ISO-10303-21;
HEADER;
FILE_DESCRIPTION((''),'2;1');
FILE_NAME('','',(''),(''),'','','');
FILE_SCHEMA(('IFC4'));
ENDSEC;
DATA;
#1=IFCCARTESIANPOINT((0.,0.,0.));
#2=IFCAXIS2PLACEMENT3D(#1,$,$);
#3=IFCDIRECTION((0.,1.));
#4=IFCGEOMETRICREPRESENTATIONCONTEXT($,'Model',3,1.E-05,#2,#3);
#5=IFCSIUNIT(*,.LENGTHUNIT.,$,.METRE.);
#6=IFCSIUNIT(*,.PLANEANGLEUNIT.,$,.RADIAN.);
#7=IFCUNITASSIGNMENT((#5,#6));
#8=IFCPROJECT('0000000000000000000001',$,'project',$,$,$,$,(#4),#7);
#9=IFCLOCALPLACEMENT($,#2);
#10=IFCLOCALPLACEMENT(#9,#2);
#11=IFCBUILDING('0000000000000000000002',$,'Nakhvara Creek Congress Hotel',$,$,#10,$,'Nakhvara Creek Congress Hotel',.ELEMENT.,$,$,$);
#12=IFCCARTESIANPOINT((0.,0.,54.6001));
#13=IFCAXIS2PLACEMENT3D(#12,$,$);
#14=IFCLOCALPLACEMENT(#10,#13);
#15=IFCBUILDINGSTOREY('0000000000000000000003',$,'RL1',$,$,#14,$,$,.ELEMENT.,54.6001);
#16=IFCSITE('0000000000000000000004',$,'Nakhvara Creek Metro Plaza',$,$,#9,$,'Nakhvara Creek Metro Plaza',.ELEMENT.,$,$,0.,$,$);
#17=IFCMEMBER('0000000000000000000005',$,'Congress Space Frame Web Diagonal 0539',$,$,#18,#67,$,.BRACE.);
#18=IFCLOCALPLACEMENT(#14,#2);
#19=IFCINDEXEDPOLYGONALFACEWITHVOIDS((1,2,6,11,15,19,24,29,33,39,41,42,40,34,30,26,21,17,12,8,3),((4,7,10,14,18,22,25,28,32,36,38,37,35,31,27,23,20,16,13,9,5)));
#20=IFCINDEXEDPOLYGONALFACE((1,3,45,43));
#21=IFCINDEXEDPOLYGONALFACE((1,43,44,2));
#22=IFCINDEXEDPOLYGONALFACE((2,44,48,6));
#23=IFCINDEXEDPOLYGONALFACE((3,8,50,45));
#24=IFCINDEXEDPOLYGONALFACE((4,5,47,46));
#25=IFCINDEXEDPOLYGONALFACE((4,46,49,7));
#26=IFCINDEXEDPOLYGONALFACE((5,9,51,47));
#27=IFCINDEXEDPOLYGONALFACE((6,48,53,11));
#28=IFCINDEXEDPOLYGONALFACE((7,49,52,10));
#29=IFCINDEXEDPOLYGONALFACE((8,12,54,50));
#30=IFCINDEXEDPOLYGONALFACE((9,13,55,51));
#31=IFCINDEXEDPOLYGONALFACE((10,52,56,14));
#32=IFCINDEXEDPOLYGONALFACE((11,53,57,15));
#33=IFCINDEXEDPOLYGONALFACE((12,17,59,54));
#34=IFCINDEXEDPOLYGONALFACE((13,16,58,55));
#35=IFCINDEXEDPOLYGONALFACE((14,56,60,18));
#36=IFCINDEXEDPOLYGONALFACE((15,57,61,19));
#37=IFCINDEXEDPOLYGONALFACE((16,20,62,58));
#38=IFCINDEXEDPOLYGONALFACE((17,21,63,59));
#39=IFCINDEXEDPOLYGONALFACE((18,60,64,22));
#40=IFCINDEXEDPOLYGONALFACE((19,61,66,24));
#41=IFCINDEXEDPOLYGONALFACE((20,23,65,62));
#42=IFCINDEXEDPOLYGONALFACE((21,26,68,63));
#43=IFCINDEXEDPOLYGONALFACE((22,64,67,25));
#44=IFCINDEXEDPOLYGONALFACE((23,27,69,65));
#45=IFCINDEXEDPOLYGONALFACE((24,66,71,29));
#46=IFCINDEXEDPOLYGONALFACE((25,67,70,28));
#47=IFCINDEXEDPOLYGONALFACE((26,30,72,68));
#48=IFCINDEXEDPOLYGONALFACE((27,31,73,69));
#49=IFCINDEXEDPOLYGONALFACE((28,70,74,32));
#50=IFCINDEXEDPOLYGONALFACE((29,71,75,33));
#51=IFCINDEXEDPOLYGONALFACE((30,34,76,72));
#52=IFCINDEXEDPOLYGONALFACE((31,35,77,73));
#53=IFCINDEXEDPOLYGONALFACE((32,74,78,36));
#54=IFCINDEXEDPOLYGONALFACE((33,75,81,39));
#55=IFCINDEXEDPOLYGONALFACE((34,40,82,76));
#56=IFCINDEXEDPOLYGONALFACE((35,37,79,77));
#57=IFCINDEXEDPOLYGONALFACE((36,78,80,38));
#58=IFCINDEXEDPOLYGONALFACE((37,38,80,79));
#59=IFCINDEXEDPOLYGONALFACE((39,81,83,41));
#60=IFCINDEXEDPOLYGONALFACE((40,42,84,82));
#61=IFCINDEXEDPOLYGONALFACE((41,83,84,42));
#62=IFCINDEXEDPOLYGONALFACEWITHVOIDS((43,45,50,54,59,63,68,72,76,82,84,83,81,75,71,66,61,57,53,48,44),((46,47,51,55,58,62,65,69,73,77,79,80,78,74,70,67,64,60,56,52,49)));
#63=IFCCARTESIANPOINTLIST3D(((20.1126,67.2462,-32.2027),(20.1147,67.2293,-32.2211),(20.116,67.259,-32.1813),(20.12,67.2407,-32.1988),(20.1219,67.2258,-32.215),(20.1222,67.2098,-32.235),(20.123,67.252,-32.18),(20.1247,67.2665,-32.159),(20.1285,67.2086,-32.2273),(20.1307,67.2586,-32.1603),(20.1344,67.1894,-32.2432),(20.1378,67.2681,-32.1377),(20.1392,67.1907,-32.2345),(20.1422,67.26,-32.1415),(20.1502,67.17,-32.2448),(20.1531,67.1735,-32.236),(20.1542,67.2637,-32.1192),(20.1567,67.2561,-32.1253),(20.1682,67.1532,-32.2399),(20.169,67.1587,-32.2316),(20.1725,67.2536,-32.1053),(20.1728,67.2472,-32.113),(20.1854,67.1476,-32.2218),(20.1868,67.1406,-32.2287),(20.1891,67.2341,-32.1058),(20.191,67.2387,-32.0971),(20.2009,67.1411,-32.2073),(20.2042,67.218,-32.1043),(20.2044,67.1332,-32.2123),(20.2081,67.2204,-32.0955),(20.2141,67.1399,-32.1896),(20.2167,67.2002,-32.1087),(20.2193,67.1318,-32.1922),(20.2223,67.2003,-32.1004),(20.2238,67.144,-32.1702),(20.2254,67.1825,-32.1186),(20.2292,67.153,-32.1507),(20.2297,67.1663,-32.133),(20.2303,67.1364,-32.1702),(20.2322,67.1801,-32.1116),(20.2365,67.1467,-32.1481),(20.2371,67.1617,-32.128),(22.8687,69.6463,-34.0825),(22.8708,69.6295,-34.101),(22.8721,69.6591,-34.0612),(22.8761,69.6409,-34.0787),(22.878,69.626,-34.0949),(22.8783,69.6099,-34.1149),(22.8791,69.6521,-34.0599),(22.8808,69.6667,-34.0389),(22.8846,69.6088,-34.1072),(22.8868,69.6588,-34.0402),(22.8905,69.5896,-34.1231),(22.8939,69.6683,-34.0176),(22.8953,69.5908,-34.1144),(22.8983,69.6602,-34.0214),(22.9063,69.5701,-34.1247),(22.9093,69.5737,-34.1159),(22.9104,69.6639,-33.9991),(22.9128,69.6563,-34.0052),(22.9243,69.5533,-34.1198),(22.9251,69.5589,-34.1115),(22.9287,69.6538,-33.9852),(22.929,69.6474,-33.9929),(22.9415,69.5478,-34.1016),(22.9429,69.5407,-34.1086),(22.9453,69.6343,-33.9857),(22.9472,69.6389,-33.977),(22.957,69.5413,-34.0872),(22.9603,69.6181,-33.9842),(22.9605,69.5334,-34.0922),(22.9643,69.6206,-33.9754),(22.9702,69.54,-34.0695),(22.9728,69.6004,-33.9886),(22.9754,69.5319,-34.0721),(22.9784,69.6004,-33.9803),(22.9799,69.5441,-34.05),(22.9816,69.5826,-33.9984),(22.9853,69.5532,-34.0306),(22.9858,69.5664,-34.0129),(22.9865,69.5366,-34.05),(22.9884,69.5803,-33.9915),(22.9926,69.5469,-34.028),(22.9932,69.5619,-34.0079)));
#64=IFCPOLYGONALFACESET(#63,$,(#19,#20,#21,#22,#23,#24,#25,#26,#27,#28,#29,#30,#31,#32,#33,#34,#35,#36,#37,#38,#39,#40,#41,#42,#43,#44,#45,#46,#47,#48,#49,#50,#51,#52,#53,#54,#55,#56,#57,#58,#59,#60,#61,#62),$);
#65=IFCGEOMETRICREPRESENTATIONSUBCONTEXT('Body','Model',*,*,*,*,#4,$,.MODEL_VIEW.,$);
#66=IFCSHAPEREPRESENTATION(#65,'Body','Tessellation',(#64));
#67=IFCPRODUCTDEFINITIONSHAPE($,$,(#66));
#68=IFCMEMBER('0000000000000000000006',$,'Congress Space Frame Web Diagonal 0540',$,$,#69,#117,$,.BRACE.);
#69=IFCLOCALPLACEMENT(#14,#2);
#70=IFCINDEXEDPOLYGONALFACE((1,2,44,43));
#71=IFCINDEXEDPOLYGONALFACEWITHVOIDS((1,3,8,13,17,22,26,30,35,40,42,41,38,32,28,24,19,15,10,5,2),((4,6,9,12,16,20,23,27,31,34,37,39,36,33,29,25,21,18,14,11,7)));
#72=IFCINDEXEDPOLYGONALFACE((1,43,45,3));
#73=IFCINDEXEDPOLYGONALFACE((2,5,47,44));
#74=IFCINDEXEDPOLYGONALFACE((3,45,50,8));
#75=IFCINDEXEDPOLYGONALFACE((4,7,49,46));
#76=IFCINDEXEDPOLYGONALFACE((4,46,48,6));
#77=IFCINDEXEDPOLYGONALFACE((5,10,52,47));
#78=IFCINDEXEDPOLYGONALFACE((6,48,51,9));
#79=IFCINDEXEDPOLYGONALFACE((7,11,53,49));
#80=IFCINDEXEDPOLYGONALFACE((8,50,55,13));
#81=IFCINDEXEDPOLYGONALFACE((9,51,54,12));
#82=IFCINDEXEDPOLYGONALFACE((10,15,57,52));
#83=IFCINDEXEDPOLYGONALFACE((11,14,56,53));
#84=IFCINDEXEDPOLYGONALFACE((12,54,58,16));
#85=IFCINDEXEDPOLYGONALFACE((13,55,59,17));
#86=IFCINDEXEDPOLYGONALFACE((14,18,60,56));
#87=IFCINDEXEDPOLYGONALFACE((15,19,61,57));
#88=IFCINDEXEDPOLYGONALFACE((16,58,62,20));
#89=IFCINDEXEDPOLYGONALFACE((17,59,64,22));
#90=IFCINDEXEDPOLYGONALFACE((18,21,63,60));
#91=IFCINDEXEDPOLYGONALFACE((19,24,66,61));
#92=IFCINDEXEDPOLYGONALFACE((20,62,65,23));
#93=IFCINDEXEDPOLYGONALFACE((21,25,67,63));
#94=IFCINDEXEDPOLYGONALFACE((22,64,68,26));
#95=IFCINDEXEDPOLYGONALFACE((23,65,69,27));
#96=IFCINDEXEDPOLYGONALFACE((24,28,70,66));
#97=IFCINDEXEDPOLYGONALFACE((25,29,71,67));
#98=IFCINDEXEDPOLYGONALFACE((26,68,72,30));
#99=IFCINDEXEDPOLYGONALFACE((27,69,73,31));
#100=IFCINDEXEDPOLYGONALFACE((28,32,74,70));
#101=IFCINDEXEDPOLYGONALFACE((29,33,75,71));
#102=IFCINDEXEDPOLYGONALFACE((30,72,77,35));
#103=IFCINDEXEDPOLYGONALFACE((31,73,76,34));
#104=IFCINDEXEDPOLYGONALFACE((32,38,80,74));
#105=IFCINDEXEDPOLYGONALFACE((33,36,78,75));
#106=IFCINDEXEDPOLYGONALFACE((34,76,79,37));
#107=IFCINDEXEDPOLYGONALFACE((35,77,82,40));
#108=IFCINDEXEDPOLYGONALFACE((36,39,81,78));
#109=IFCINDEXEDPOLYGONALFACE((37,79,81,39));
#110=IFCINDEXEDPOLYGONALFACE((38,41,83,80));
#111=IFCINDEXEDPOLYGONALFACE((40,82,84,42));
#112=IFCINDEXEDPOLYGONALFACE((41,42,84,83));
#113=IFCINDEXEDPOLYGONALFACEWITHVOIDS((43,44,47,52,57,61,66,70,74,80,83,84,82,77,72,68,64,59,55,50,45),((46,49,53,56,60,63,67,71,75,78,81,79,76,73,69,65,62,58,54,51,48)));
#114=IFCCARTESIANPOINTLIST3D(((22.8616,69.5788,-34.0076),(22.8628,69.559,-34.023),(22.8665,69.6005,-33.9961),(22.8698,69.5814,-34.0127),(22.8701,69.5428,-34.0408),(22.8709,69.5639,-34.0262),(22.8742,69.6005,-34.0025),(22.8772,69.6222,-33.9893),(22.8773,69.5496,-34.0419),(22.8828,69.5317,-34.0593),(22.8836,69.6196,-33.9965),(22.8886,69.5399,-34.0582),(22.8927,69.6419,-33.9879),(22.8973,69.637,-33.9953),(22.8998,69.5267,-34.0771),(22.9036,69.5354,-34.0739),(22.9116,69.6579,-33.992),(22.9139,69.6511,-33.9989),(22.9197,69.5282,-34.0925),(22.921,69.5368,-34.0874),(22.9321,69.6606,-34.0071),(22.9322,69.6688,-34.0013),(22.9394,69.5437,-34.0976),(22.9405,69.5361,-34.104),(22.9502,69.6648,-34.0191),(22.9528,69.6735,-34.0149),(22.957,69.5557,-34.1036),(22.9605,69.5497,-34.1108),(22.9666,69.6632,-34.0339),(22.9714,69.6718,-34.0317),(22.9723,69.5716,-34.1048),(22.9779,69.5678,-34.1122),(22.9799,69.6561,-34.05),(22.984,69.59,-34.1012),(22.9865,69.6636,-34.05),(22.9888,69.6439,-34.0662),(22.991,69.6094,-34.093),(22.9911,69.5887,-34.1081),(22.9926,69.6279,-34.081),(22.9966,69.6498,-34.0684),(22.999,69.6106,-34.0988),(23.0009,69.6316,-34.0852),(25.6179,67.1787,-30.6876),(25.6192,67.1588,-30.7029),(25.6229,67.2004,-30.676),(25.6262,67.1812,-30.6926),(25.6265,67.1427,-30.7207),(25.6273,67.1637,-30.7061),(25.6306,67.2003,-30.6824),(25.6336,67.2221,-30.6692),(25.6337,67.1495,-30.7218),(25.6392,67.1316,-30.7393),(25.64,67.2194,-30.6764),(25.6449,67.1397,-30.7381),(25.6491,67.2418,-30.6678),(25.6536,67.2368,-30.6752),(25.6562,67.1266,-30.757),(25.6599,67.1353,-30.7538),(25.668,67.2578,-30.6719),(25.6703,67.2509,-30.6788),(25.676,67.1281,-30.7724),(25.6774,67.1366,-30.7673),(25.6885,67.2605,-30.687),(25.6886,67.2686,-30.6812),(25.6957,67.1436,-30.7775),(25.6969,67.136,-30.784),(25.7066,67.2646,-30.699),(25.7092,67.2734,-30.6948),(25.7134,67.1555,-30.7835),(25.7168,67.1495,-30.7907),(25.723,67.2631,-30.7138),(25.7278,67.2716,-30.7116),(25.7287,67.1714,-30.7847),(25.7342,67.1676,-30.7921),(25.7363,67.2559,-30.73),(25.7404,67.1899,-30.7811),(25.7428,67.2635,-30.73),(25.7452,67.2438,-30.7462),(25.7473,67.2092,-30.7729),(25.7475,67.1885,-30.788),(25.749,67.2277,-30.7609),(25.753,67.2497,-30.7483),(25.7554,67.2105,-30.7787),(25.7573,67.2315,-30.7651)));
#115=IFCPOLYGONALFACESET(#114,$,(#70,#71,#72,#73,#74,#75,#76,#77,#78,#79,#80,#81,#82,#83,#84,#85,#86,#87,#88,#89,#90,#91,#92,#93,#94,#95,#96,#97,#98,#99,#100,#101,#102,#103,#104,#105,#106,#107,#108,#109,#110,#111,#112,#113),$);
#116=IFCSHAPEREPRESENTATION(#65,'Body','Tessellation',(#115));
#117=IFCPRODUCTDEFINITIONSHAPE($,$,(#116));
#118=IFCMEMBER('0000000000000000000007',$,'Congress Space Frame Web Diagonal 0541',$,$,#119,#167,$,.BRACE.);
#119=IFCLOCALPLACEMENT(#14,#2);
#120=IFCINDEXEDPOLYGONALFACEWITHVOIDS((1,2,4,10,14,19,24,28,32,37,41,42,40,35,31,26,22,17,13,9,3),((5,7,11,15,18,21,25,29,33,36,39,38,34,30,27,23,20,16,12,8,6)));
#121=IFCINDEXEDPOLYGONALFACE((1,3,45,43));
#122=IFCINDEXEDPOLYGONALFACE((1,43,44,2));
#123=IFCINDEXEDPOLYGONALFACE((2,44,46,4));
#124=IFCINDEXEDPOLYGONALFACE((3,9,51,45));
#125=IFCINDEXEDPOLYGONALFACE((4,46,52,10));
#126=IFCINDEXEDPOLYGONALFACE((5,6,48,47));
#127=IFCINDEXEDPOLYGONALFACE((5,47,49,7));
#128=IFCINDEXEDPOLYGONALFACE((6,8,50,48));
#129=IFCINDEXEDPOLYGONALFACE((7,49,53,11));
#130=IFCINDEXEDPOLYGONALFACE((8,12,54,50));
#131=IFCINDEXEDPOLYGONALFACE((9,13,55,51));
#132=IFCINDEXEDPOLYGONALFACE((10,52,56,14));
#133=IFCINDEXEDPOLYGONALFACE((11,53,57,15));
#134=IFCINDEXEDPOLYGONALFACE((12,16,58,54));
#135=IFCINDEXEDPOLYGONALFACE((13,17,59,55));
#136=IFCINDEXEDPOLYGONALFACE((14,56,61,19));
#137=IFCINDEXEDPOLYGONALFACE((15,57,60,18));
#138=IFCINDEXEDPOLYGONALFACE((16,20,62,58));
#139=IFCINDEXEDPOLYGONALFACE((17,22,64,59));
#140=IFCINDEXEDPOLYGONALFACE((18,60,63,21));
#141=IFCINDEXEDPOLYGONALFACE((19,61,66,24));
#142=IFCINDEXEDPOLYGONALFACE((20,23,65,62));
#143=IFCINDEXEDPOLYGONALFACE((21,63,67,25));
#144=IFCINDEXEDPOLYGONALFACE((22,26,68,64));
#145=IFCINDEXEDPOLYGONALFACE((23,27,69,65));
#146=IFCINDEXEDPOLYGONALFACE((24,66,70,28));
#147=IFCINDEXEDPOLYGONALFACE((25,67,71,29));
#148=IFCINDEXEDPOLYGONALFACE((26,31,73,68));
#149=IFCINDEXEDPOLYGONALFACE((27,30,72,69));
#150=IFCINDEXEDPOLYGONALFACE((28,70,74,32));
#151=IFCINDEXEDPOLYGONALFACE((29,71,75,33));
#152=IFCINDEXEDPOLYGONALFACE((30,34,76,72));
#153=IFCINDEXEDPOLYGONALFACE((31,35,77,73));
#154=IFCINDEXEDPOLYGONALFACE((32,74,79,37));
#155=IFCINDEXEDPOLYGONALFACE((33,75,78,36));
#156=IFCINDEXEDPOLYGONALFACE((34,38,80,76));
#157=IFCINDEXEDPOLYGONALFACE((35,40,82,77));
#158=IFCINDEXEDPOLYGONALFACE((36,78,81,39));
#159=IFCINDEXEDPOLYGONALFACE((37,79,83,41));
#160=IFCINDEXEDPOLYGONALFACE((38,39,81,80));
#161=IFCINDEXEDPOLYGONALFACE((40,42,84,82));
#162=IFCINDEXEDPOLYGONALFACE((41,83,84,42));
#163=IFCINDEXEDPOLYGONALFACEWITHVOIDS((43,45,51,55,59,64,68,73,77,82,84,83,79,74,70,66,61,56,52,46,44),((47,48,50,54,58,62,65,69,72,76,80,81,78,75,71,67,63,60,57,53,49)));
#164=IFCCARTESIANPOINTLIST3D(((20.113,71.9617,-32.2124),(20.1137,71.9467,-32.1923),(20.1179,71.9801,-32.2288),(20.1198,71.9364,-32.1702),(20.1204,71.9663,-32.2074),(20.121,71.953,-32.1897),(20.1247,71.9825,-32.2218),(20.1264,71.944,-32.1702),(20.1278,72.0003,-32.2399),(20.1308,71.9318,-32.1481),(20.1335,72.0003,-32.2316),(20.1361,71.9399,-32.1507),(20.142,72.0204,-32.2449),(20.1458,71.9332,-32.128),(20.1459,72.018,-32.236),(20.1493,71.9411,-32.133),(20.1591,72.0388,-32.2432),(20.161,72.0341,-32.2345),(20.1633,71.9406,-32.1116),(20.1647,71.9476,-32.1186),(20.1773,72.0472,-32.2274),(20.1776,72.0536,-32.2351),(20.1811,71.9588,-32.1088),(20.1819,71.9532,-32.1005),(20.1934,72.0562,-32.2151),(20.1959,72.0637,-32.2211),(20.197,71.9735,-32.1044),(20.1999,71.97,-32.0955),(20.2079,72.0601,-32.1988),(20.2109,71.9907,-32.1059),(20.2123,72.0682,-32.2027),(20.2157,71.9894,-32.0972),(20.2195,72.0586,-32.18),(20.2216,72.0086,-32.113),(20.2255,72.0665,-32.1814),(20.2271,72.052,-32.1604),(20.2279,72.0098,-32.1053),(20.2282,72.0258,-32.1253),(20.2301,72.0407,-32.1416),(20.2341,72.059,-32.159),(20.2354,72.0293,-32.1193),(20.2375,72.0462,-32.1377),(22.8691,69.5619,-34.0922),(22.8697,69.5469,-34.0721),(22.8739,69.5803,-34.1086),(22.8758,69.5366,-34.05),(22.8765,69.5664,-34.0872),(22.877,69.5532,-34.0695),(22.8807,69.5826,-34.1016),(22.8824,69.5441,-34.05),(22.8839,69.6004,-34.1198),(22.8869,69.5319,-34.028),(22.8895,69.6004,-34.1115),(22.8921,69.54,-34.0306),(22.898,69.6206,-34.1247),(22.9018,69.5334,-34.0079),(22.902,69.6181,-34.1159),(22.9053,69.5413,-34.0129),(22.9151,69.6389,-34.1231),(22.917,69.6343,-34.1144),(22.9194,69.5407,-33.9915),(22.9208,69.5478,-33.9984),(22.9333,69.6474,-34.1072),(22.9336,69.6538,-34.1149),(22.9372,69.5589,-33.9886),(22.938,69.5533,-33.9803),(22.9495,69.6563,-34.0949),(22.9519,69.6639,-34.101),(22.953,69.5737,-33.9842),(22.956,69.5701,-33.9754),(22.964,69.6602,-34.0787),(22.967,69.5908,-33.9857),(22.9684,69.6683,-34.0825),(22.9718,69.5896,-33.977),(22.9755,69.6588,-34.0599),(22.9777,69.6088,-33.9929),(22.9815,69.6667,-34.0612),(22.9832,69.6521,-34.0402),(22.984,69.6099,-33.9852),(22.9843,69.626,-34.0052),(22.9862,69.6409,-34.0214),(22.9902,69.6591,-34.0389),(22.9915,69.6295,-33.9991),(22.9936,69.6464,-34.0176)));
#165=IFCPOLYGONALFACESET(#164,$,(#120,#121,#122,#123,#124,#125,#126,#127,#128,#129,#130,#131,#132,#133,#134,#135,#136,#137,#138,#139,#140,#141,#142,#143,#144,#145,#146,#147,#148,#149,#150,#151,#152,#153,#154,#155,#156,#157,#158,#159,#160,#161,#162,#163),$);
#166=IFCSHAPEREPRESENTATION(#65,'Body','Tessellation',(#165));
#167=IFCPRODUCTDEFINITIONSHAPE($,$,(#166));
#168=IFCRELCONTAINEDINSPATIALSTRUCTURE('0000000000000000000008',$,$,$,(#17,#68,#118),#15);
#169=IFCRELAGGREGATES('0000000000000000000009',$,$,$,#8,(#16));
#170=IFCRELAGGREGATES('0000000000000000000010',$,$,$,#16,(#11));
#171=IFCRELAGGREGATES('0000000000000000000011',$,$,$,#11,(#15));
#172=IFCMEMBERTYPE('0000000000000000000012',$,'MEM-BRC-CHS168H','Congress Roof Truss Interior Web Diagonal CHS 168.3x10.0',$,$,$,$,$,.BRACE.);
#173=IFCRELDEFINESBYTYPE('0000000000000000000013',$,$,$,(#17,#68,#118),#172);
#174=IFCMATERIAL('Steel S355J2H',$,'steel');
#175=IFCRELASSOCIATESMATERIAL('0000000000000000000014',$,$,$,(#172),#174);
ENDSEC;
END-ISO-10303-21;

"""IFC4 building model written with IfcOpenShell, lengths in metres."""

from ifc_helpers import new_model, si_unit, direction, frame, origin, origin_2d, place, context, subcontext, project, spatial, hollow_circle, extrude, material, material_profile, profile_set, type_object, element, save


model = new_model("IFC4")

# Units and contexts
model_context = context("Model", 3, precision=1e-05, world=origin(), true_north=direction((0.0, 1.0)))
body_context = subcontext(model_context, "Body", "Model", "MODEL_VIEW")
ifc_project = project(units=[si_unit("LENGTHUNIT", "METRE"), si_unit("PLANEANGLEUNIT", "RADIAN")], contexts=[model_context])

# Site, building, storey
site_placement = place(None, origin())
site = spatial("IfcSite", under=ifc_project, at=site_placement, Name="Nakhvara Creek Metro Plaza", LongName="Nakhvara Creek Metro Plaza", CompositionType="ELEMENT", RefElevation=0.0)
building_placement = place(site_placement, origin())
building = spatial("IfcBuilding", under=site, at=building_placement, Name="Nakhvara Creek Congress Hotel", LongName="Nakhvara Creek Congress Hotel", CompositionType="ELEMENT")
storey_placement = place(building_placement, frame((0.0, 0.0, 54.6001)))
storey = spatial("IfcBuildingStorey", under=building, at=storey_placement, Name="RL1", CompositionType="ELEMENT", Elevation=54.6001)

# Members
ifc_material_1 = material(Name="Steel S355J2H", Category="steel")
ifc_material_profile_1 = material_profile(ifc_material_1, hollow_circle(Radius=0.0842, WallThickness=0.01, at=origin_2d()), Name="CHS 168.3x10.0", Category="LoadBearing")
ifc_profile_set_1 = profile_set([ifc_material_profile_1], Name="Steel S355J2H")
member_type_1 = type_object("IfcMemberType", Name="MEM-BRC-CHS168H", Description="Congress Roof Truss Interior Web Diagonal CHS 168.3x10.0", PredefinedType="BRACE", material=ifc_profile_set_1)
member_1_placement = place(storey_placement, frame((22.9312, 69.6001, -34.05), z_axis=(-0.670611, -0.584, 0.45741), x_axis=(0.656729, -0.754126, 0.0)))
element("IfcMember", 1, at=member_1_placement, inside=storey, type_object=member_type_1, Name="Congress Space Frame Web Diagonal 0539", PredefinedType="BRACE", context=body_context, shape_type="SweptSolid", body=[
    extrude(hollow_circle(Radius=0.0842, WallThickness=0.01, at=origin_2d()), origin(), (0.0, 0.0, 1.0), 4.1099),
])
member_2_placement = place(storey_placement, frame((22.9312, 69.6001, -34.05), z_axis=(0.558224, -0.486085, 0.67239), x_axis=(0.656696, 0.754155, 0.0)))
element("IfcMember", 2, at=member_2_placement, inside=storey, type_object=member_type_1, Name="Congress Space Frame Web Diagonal 0540", PredefinedType="BRACE", context=body_context, shape_type="SweptSolid", body=[
    extrude(hollow_circle(Radius=0.0842, WallThickness=0.01, at=origin_2d()), origin(), (0.0, 0.0, 1.0), 4.9377),
])
member_3_placement = place(storey_placement, frame((22.9312, 69.6001, -34.05), z_axis=(-0.670634, 0.583961, 0.457426), x_axis=(-0.656691, -0.75416, 0.0)))
element("IfcMember", 3, at=member_3_placement, inside=storey, type_object=member_type_1, Name="Congress Space Frame Web Diagonal 0541", PredefinedType="BRACE", context=body_context, shape_type="SweptSolid", body=[
    extrude(hollow_circle(Radius=0.0842, WallThickness=0.01, at=origin_2d()), origin(), (0.0, 0.0, 1.0), 4.1096),
])

save(model, "model.ifc")
